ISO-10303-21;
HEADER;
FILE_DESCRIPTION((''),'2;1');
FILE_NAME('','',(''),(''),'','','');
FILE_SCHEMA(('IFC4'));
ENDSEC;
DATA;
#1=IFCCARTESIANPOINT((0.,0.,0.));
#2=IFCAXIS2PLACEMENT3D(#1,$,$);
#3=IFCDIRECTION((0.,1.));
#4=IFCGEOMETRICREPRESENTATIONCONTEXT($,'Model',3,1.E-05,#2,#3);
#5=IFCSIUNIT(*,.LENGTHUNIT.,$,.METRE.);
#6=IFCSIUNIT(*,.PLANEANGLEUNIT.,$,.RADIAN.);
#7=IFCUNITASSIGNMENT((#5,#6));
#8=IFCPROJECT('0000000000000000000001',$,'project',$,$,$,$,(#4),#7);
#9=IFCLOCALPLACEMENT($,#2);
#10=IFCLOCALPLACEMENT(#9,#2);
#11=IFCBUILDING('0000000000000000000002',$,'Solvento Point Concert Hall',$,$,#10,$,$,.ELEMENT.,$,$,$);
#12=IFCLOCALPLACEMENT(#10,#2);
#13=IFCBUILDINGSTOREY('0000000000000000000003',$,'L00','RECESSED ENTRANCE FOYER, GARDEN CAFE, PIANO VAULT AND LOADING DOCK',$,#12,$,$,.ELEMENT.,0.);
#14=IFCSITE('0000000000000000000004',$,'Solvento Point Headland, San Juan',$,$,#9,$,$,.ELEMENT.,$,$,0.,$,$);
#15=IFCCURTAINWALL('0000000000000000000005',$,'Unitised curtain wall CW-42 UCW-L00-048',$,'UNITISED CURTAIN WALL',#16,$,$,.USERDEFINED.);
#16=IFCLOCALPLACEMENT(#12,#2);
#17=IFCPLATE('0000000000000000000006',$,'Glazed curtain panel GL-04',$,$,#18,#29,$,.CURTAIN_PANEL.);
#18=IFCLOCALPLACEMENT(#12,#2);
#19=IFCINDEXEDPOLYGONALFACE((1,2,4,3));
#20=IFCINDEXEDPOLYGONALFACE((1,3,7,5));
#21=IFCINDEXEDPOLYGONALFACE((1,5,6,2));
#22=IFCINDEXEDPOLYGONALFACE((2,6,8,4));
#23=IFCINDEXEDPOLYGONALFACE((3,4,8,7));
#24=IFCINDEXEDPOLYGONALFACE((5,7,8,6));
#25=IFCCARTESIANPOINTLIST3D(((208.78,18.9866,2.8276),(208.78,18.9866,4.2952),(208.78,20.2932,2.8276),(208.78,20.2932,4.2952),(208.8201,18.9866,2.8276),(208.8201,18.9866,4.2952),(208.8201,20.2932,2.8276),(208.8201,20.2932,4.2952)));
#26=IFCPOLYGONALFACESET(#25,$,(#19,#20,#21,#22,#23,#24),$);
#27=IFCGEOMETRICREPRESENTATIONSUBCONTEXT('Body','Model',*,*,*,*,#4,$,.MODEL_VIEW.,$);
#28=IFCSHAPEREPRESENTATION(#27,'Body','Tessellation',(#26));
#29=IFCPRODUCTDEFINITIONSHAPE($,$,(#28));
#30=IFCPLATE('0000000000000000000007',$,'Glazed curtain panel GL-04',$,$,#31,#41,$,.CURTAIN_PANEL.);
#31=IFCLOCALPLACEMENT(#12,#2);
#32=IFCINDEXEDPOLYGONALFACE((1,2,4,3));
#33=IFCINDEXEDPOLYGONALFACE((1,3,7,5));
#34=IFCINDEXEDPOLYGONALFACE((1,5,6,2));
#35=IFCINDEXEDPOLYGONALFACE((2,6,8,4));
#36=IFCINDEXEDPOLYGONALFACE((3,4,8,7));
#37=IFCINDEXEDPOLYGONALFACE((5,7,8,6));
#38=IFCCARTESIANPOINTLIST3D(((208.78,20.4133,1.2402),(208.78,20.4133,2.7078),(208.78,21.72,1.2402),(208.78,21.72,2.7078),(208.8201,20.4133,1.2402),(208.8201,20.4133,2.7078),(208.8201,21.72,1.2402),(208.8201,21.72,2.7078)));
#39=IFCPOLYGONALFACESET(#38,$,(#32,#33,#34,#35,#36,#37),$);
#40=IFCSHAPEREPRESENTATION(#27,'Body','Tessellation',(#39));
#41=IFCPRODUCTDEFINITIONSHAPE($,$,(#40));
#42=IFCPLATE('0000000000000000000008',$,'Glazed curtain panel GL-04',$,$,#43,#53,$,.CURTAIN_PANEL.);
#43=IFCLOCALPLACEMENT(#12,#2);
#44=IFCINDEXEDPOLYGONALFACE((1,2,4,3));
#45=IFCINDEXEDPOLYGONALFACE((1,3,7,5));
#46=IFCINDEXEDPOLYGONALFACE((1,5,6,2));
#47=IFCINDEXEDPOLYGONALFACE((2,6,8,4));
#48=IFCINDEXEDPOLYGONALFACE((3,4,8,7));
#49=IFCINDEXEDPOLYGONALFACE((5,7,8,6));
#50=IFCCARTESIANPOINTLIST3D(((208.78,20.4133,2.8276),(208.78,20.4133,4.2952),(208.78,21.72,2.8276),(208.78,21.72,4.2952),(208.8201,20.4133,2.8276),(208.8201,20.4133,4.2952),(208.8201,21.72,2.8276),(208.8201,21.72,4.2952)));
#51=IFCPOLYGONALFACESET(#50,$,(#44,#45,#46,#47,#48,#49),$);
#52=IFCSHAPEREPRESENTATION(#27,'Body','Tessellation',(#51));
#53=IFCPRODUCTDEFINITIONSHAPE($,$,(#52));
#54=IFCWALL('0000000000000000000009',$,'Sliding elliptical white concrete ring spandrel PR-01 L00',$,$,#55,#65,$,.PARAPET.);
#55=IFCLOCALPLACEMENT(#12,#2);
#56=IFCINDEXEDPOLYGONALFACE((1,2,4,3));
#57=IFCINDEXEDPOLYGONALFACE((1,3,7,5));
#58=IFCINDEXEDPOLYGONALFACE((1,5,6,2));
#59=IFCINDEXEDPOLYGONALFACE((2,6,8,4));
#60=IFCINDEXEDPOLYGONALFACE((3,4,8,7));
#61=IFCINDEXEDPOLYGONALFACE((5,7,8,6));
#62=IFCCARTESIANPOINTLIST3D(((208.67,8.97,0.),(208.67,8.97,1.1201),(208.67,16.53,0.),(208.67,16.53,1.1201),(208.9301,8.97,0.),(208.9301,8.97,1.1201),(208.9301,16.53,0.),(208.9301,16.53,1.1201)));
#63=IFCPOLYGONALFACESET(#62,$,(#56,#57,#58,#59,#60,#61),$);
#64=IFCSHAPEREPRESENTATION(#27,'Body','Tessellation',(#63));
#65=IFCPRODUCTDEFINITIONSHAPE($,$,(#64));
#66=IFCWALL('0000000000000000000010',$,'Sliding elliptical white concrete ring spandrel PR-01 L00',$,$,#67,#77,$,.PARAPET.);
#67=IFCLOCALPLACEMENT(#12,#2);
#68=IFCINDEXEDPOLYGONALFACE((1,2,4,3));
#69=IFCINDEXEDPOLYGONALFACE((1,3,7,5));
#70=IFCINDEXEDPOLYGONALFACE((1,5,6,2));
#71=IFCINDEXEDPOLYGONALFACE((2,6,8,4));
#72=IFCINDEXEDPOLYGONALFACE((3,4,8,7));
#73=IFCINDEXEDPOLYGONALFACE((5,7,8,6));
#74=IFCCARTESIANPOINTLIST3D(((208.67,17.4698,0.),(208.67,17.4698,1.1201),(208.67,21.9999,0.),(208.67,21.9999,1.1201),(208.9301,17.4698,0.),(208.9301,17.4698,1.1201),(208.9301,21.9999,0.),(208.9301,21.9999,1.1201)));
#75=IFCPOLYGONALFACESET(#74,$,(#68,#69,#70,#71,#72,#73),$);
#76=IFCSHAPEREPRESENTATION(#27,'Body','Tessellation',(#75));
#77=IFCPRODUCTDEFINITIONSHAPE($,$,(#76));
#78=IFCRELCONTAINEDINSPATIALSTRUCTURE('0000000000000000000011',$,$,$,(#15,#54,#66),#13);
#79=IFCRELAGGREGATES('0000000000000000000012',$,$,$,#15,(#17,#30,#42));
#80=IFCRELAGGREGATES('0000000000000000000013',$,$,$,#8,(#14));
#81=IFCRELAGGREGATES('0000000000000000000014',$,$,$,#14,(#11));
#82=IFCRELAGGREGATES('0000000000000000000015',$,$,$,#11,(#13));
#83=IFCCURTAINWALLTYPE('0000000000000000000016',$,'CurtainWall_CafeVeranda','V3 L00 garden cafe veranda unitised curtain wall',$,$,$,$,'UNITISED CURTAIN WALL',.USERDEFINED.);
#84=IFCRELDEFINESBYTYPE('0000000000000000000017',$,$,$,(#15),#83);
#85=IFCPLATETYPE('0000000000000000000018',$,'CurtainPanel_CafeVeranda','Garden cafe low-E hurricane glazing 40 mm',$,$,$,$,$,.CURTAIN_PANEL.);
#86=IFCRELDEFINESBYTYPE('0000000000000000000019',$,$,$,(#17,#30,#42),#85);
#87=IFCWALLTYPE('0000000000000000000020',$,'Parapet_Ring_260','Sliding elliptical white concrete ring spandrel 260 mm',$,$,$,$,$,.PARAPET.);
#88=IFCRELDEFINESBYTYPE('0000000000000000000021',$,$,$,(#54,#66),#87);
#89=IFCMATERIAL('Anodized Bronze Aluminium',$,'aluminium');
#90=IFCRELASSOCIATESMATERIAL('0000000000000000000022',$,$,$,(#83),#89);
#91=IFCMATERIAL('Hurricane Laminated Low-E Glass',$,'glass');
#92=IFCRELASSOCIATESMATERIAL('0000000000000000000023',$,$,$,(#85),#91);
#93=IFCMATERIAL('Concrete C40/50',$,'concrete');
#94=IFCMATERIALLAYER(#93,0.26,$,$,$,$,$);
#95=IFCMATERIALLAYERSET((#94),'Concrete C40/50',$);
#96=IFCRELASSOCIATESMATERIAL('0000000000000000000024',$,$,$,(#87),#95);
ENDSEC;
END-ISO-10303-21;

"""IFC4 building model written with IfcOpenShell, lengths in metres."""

from ifc_helpers import new_model, si_unit, direction, frame, frame_2d, origin, origin_2d, place, context, subcontext, project, spatial, rectangle, extrude, material, layer, layer_set, type_object, element, aggregate, save


model = new_model("IFC4")

# Units and contexts
model_context = context("Model", 3, precision=1e-05, world=origin(), true_north=direction((0.0, 1.0)))
body_context = subcontext(model_context, "Body", "Model", "MODEL_VIEW")
ifc_project = project(units=[si_unit("LENGTHUNIT", "METRE"), si_unit("PLANEANGLEUNIT", "RADIAN")], contexts=[model_context])

# Site, building, storey
site_placement = place(None, origin())
site = spatial("IfcSite", under=ifc_project, at=site_placement, Name="Solvento Point Headland, San Juan", CompositionType="ELEMENT", RefElevation=0.0)
building_placement = place(site_placement, origin())
building = spatial("IfcBuilding", under=site, at=building_placement, Name="Solvento Point Concert Hall", CompositionType="ELEMENT")
storey_placement = place(building_placement, origin())
storey = spatial("IfcBuildingStorey", under=building, at=storey_placement, Name="L00", Description="RECESSED ENTRANCE FOYER, GARDEN CAFE, PIANO VAULT AND LOADING DOCK", CompositionType="ELEMENT", Elevation=0.0)

# Curtain wall
ifc_material_1 = material(Name="Anodized Bronze Aluminium", Category="aluminium")
curtain_wall_type = type_object("IfcCurtainWallType", Name="CurtainWall_CafeVeranda", Description="V3 L00 garden cafe veranda unitised curtain wall", ElementType="UNITISED CURTAIN WALL", PredefinedType="USERDEFINED", material=ifc_material_1)
curtain_wall_1_placement = place(storey_placement, origin())
curtain_wall_1 = element("IfcCurtainWall", 1, at=curtain_wall_1_placement, inside=storey, type_object=curtain_wall_type, Name="Unitised curtain wall CW-42 UCW-L00-048", ObjectType="UNITISED CURTAIN WALL", PredefinedType="USERDEFINED")

# Plates
ifc_material_2 = material(Name="Hurricane Laminated Low-E Glass", Category="glass")
plate_type = type_object("IfcPlateType", Name="CurtainPanel_CafeVeranda", Description="Garden cafe low-E hurricane glazing 40 mm", PredefinedType="CURTAIN_PANEL", material=ifc_material_2)
plate_1_placement = place(storey_placement, frame((208.8, 19.6399, 2.8276), z_axis=(0.0, 0.0, 1.0), x_axis=(0.0, 1.0, 0.0)))
plate_1 = element("IfcPlate", 2, at=plate_1_placement, type_object=plate_type, Name="Glazed curtain panel GL-04", PredefinedType="CURTAIN_PANEL", context=body_context, shape_type="SweptSolid", body=[
    extrude(rectangle(XDim=1.3066, YDim=0.04, at=origin_2d()), origin(), (0.0, 0.0, 1.0), 1.4675),
])
plate_2_placement = place(storey_placement, frame((208.8, 21.0667, 1.2402), z_axis=(0.0, 0.0, 1.0), x_axis=(0.0, 1.0, 0.0)))
plate_2 = element("IfcPlate", 3, at=plate_2_placement, type_object=plate_type, Name="Glazed curtain panel GL-04", PredefinedType="CURTAIN_PANEL", context=body_context, shape_type="SweptSolid", body=[
    extrude(rectangle(XDim=1.3066, YDim=0.04, at=origin_2d()), origin(), (0.0, 0.0, 1.0), 1.4675),
])
plate_3_placement = place(storey_placement, frame((208.8, 21.0667, 2.8276), z_axis=(0.0, 0.0, 1.0), x_axis=(0.0, 1.0, 0.0)))
plate_3 = element("IfcPlate", 4, at=plate_3_placement, type_object=plate_type, Name="Glazed curtain panel GL-04", PredefinedType="CURTAIN_PANEL", context=body_context, shape_type="SweptSolid", body=[
    extrude(rectangle(XDim=1.3066, YDim=0.04, at=origin_2d()), origin(), (0.0, 0.0, 1.0), 1.4675),
])
aggregate(curtain_wall_1, [plate_1, plate_2, plate_3])

# Walls
ifc_material_3 = material(Name="Concrete C40/50", Category="concrete")
ifc_layer = layer(ifc_material_3, 0.26)
ifc_layer_set = layer_set([ifc_layer], Name="Concrete C40/50")
wall_type = type_object("IfcWallType", Name="Parapet_Ring_260", Description="Sliding elliptical white concrete ring spandrel 260 mm", PredefinedType="PARAPET", material=ifc_layer_set)
wall_1_placement = place(storey_placement, frame((208.8, 16.53, 0.0), z_axis=(0.0, 0.0, 1.0), x_axis=(0.0, -1.0, 0.0)))
element("IfcWall", 5, at=wall_1_placement, inside=storey, type_object=wall_type, Name="Sliding elliptical white concrete ring spandrel PR-01 L00", PredefinedType="PARAPET", context=body_context, shape_type="SweptSolid", body=[
    extrude(rectangle(XDim=7.5601, YDim=0.26, at=frame_2d((3.78, 0.0))), origin(), (0.0, 0.0, 1.0), 1.1201),
])
wall_2_placement = place(storey_placement, frame((208.8, 22.0, 0.0), z_axis=(0.0, 0.0, 1.0), x_axis=(0.0, -1.0, 0.0)))
element("IfcWall", 6, at=wall_2_placement, inside=storey, type_object=wall_type, Name="Sliding elliptical white concrete ring spandrel PR-01 L00", PredefinedType="PARAPET", context=body_context, shape_type="SweptSolid", body=[
    extrude(rectangle(XDim=4.53, YDim=0.26, at=frame_2d((2.2651, 0.0))), origin(), (0.0, 0.0, 1.0), 1.1201),
])

save(model, "model.ifc")
